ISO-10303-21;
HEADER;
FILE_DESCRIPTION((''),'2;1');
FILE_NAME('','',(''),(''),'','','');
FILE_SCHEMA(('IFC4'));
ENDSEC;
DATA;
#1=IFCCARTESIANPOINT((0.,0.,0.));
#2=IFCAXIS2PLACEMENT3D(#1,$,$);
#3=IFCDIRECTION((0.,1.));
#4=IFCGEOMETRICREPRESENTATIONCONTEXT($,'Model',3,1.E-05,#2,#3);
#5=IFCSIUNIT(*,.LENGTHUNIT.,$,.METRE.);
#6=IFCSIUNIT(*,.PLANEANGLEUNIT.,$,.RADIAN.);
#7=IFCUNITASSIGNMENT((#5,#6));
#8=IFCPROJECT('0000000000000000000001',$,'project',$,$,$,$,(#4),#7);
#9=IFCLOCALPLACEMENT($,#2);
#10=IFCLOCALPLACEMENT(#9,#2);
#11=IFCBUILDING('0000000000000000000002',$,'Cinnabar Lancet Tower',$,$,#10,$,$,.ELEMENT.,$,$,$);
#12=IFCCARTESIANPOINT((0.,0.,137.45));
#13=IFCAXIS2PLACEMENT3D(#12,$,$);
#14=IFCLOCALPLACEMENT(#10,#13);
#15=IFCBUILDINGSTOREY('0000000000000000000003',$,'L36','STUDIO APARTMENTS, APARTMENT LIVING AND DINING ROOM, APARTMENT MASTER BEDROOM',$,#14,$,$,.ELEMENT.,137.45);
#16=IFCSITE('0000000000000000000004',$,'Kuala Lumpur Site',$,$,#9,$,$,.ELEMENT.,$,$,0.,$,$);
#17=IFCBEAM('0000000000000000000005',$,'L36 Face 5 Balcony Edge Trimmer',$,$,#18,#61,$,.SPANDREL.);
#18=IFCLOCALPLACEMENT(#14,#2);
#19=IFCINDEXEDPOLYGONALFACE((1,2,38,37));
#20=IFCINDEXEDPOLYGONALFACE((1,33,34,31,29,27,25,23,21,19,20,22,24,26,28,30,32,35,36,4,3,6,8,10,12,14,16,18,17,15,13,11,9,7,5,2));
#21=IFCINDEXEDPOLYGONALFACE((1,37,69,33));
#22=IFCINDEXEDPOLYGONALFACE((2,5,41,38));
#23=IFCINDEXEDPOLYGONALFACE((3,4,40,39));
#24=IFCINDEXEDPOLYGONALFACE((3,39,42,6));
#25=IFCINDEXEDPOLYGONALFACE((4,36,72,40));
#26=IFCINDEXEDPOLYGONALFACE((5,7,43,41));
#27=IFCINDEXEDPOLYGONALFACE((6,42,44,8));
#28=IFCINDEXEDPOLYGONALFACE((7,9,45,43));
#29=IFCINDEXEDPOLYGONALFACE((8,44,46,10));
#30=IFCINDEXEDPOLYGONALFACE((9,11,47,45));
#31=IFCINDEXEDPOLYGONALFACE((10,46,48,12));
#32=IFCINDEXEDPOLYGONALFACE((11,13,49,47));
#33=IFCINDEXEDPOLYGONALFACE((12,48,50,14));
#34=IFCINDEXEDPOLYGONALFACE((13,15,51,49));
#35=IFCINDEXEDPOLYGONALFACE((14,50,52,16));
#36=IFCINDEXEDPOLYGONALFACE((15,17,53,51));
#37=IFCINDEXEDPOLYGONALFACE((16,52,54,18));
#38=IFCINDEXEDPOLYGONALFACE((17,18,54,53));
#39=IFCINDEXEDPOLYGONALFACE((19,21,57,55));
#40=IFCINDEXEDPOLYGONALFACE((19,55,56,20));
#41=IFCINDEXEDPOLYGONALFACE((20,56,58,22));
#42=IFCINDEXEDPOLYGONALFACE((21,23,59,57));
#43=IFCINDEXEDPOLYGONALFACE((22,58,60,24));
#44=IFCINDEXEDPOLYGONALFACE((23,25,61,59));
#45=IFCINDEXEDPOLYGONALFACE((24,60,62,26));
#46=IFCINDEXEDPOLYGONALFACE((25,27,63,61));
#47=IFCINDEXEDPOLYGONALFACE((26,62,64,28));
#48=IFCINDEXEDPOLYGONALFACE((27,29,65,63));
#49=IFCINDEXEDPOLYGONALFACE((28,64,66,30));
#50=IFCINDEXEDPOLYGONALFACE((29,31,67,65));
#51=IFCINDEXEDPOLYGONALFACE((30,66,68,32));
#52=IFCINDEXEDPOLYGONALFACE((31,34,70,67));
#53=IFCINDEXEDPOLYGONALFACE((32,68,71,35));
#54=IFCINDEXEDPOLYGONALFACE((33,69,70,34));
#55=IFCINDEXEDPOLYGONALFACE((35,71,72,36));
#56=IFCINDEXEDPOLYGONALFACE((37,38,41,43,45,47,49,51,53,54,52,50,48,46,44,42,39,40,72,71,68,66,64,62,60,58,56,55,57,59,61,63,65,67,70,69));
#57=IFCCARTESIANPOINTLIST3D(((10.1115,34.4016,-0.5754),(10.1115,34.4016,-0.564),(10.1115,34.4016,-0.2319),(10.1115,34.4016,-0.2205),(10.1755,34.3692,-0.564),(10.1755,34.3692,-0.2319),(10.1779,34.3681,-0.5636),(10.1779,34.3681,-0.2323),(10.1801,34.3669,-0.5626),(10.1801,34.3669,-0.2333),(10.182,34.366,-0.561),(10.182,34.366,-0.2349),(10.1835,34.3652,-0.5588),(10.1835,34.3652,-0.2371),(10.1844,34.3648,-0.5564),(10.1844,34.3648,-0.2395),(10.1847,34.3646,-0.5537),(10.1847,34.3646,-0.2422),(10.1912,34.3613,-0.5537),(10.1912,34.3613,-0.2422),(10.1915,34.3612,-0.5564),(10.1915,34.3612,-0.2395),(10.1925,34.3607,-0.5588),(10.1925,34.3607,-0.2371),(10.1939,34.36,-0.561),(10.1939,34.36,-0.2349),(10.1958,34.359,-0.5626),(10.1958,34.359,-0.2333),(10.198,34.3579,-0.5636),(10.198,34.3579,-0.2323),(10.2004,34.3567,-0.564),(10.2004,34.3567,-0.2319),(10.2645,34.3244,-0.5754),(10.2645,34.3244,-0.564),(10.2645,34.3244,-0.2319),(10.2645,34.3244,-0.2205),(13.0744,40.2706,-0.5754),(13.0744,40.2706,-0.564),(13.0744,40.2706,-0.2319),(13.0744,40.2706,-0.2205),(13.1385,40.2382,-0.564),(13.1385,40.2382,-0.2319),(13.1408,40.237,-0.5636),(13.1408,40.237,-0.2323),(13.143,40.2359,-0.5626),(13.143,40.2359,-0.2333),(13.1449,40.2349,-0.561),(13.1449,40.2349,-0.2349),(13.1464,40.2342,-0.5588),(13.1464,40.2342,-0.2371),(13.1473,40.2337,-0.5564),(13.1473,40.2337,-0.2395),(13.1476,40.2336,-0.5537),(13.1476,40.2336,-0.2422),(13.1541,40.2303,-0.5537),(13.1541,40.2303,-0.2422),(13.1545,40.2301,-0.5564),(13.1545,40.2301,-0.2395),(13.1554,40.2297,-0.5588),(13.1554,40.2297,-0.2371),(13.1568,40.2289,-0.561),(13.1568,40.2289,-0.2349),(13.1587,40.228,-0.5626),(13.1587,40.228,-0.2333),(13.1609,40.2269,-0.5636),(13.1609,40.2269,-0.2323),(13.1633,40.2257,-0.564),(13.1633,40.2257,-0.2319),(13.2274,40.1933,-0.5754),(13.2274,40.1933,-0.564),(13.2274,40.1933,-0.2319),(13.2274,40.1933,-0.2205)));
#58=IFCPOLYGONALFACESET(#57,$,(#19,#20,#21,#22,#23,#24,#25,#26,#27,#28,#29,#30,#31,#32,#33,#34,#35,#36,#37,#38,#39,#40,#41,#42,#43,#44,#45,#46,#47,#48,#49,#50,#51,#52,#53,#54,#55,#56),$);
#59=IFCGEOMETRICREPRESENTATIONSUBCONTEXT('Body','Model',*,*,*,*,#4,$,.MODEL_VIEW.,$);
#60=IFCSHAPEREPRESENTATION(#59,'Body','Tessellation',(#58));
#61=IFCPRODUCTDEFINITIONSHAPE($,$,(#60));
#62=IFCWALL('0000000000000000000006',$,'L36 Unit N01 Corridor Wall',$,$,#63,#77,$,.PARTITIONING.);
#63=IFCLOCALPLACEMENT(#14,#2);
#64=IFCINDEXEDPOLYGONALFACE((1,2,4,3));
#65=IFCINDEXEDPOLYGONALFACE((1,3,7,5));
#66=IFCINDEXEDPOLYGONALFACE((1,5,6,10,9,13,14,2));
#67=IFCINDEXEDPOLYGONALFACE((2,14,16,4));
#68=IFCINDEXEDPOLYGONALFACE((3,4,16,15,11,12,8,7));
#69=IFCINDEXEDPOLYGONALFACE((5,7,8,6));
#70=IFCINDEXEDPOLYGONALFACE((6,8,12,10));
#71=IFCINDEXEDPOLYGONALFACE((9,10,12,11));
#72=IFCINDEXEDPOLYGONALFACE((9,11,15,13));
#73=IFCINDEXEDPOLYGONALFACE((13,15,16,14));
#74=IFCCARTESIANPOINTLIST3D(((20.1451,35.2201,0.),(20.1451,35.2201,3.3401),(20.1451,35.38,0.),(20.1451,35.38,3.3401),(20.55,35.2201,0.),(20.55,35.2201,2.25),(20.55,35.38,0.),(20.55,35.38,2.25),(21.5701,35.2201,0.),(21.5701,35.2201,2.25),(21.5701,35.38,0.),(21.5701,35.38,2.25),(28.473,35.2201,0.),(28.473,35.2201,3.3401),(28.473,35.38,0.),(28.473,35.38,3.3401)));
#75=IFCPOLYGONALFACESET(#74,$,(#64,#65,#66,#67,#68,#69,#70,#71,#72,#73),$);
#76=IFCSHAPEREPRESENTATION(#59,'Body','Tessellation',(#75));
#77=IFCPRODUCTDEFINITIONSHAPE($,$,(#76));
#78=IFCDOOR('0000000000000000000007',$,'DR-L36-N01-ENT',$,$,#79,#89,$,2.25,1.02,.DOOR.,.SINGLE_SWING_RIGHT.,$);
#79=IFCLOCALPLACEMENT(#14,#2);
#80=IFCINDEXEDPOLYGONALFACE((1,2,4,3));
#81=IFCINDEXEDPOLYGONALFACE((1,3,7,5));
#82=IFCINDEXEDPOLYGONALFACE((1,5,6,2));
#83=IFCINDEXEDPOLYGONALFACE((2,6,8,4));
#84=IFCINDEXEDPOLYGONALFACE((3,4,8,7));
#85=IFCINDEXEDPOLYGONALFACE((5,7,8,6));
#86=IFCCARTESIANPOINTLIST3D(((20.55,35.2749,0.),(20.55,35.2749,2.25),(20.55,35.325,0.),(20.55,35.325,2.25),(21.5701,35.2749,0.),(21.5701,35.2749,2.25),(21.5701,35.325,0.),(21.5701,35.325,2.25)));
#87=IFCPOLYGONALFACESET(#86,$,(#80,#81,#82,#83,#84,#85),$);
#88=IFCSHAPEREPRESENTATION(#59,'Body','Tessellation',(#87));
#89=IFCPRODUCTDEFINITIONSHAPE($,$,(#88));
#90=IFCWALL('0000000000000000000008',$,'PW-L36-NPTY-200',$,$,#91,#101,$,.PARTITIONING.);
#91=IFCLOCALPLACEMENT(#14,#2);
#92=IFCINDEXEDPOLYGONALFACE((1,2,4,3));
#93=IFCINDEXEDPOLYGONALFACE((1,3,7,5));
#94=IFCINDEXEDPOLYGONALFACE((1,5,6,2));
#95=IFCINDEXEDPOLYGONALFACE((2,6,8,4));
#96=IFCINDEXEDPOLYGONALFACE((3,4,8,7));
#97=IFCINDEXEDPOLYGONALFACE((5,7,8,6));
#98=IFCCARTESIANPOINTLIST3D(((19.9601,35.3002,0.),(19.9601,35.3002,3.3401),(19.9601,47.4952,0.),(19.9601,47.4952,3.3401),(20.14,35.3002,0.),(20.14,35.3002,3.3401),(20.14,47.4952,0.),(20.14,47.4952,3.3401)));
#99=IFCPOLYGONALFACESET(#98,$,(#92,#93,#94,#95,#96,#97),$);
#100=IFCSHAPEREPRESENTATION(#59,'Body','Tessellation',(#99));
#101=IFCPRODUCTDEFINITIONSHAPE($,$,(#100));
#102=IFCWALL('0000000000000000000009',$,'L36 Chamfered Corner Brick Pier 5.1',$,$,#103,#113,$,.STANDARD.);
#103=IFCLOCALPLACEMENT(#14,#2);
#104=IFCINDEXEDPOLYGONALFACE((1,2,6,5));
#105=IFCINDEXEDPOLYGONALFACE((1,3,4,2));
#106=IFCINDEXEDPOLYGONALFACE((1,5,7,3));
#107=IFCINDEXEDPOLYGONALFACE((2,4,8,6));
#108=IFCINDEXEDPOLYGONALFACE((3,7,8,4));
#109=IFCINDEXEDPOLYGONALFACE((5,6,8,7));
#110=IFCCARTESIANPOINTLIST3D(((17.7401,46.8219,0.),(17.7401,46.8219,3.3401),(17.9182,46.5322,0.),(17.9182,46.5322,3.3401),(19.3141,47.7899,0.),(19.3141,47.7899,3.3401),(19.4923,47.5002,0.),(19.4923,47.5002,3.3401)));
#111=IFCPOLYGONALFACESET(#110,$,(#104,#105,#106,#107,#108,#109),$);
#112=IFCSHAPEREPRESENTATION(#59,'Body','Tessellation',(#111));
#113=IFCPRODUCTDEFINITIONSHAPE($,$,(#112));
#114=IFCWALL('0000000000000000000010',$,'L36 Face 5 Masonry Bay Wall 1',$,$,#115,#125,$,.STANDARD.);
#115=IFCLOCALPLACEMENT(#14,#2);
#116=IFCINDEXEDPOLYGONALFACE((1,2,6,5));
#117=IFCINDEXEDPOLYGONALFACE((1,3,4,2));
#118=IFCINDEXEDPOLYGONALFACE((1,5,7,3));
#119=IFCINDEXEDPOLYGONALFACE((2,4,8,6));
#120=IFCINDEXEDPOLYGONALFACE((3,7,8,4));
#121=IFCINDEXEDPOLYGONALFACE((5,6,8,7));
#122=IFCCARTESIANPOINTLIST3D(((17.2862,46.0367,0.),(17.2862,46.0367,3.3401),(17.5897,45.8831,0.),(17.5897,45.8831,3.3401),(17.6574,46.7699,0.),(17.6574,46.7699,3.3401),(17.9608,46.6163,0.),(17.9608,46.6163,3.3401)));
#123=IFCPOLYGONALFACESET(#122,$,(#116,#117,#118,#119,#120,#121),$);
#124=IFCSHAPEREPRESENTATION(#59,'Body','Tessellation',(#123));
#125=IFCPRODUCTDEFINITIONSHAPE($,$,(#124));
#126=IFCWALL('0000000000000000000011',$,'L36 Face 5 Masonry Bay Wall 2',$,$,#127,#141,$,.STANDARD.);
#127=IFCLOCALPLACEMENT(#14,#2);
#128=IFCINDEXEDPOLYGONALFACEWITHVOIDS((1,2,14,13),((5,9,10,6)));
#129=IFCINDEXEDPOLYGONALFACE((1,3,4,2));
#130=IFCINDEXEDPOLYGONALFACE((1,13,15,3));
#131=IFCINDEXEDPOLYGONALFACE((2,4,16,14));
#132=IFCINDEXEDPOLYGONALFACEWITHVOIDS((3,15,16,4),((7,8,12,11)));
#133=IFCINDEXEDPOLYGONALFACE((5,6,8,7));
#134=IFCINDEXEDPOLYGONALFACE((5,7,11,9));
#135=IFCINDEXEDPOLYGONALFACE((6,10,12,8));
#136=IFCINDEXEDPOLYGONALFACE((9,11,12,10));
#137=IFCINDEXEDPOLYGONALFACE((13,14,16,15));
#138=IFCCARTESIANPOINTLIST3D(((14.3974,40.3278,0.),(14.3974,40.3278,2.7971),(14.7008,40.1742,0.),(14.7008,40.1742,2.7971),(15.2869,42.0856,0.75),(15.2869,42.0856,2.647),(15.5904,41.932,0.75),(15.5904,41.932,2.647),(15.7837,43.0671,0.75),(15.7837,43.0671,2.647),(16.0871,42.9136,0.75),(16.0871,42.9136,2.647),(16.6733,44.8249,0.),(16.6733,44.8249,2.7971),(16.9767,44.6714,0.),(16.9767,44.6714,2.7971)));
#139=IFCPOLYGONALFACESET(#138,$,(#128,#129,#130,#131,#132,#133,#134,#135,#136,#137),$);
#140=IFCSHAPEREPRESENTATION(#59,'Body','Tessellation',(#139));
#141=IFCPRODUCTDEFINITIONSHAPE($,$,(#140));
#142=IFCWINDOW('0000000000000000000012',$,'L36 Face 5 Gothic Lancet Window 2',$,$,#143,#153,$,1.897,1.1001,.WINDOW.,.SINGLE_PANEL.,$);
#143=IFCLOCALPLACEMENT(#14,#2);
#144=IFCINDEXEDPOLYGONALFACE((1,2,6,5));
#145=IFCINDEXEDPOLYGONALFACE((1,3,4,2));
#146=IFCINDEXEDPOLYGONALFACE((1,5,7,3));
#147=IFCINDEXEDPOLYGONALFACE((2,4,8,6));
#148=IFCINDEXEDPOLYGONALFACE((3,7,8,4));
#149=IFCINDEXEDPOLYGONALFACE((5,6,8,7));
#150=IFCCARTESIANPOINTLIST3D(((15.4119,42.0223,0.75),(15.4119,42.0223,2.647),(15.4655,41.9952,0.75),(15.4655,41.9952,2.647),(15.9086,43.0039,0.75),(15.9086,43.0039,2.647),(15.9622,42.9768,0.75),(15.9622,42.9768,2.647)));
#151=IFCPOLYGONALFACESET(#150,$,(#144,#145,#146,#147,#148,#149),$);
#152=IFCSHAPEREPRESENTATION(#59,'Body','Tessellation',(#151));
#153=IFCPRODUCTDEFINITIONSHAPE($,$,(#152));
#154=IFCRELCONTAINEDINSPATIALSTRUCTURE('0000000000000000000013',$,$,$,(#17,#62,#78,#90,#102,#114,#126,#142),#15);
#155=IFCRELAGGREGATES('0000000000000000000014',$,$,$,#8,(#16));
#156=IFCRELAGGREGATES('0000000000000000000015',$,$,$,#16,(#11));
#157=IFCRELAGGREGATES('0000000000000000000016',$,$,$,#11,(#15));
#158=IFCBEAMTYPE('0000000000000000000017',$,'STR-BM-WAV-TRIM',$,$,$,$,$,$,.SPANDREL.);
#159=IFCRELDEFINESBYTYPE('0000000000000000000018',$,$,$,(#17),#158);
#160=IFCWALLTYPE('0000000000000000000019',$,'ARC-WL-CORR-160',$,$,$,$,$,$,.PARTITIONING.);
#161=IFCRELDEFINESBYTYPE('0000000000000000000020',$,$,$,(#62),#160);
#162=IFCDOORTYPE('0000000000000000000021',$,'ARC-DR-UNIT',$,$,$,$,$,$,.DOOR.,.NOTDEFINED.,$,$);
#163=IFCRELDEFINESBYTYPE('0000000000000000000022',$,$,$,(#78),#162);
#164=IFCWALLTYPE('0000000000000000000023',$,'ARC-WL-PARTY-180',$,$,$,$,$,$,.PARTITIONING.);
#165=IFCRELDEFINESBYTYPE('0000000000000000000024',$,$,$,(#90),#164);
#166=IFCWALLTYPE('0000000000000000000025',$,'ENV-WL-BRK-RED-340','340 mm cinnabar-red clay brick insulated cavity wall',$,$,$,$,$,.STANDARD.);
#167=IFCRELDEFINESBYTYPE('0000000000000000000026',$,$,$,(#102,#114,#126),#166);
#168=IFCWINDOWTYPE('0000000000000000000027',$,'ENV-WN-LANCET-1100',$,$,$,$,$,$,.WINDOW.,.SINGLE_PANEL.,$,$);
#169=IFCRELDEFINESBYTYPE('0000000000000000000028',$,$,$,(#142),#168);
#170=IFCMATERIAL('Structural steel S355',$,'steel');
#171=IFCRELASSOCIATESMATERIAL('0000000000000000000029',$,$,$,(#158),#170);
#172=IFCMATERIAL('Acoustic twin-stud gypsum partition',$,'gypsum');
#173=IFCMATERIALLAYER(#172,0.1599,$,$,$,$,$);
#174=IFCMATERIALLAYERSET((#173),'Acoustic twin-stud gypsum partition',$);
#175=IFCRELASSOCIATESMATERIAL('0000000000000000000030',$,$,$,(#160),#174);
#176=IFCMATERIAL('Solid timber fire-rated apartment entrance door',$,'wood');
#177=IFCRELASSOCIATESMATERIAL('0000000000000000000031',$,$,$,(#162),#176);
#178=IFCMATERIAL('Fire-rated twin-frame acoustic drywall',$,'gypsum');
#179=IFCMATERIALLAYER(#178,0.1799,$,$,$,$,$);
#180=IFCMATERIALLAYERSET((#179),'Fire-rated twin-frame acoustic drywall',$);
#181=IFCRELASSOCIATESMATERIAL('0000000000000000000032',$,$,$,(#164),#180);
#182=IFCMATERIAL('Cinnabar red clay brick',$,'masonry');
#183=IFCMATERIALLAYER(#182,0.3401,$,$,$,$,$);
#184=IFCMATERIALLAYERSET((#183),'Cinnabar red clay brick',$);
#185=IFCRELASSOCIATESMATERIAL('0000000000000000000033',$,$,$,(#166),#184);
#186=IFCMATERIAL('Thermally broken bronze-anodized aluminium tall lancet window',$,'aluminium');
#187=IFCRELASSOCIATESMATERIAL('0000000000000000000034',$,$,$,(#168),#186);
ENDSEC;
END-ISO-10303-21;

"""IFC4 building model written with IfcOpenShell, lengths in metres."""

from ifc_helpers import new_model, si_unit, direction, frame, frame_2d, origin, origin_2d, place, context, subcontext, project, spatial, rectangle, i_section, extrude, material, layer, layer_set, material_profile, profile_set, type_object, element, fill, save


model = new_model("IFC4")

# Units and contexts
model_context = context("Model", 3, precision=1e-05, world=origin(), true_north=direction((0.0, 1.0)))
body_context = subcontext(model_context, "Body", "Model", "MODEL_VIEW")
ifc_project = project(units=[si_unit("LENGTHUNIT", "METRE"), si_unit("PLANEANGLEUNIT", "RADIAN")], contexts=[model_context])

# Site, building, storey
site_placement = place(None, origin())
site = spatial("IfcSite", under=ifc_project, at=site_placement, Name="Kuala Lumpur Site", CompositionType="ELEMENT", RefElevation=0.0)
building_placement = place(site_placement, origin())
building = spatial("IfcBuilding", under=site, at=building_placement, Name="Cinnabar Lancet Tower", CompositionType="ELEMENT")
storey_placement = place(building_placement, frame((0.0, 0.0, 137.45)))
storey = spatial("IfcBuildingStorey", under=building, at=storey_placement, Name="L36", Description="STUDIO APARTMENTS, APARTMENT LIVING AND DINING ROOM, APARTMENT MASTER BEDROOM", CompositionType="ELEMENT", Elevation=137.45)

# Beam
ifc_material_1 = material(Name="Structural steel S355", Category="steel")
ifc_material_profile_1 = material_profile(ifc_material_1, i_section(OverallWidth=0.1714, OverallDepth=0.355, WebThickness=0.0073, FlangeThickness=0.0115, FilletRadius=0.0103, at=origin_2d()), Name="UKB 356x171x51")
ifc_profile_set_1 = profile_set([ifc_material_profile_1], Name="Structural steel S355")
beam_type_1 = type_object("IfcBeamType", Name="STR-BM-WAV-TRIM", PredefinedType="SPANDREL", material=ifc_profile_set_1)
beam_1_placement = place(storey_placement, frame((13.1509, 40.2319, -0.3979), z_axis=(-0.450671, -0.89269, 0.0), x_axis=(0.89269, -0.450671, 0.0)))
element("IfcBeam", 1, at=beam_1_placement, inside=storey, type_object=beam_type_1, Name="L36 Face 5 Balcony Edge Trimmer", PredefinedType="SPANDREL", context=body_context, shape_type="SweptSolid", body=[
    extrude(i_section(OverallWidth=0.1714, OverallDepth=0.355, WebThickness=0.0073, FlangeThickness=0.0115, FilletRadius=0.0103, at=origin_2d()), origin(), (0.0, 0.0, 1.0), 6.5745),
])

# Wall, opening, door
ifc_material_2 = material(Name="Acoustic twin-stud gypsum partition", Category="gypsum")
ifc_layer_1 = layer(ifc_material_2, 0.1599)
ifc_layer_set_1 = layer_set([ifc_layer_1], Name="Acoustic twin-stud gypsum partition")
wall_type_1 = type_object("IfcWallType", Name="ARC-WL-CORR-160", PredefinedType="PARTITIONING", material=ifc_layer_set_1)
wall_1_placement = place(storey_placement, frame((20.145, 35.3, 0.0), z_axis=(0.0, 0.0, 1.0), x_axis=(1.0, 0.0, 0.0)))
wall_1 = element("IfcWall", 2, at=wall_1_placement, inside=storey, type_object=wall_type_1, Name="L36 Unit N01 Corridor Wall", PredefinedType="PARTITIONING", context=body_context, shape_type="SweptSolid", body=[
    extrude(rectangle(XDim=8.3279, YDim=0.1599, at=frame_2d((4.1641, 0.0))), origin(), (0.0, 0.0, 1.0), 3.3401),
])
opening_1_placement = place(wall_1_placement, frame((0.405, 0.0, 0.0)))
opening_1 = element("IfcOpeningElement", 3, at=opening_1_placement, cuts=wall_1, PredefinedType="OPENING", context=body_context, shape_type="SweptSolid", body=[
    extrude(rectangle(XDim=1.02, YDim=2.25, at=frame_2d((0.51, 1.125))), frame((0.0, 0.0898, 0.0), z_axis=(0.0, -1.0, 0.0), x_axis=(1.0, 0.0, 0.0)), (0.0, 0.0, 1.0), 0.1799),
])
ifc_material_3 = material(Name="Solid timber fire-rated apartment entrance door", Category="wood")
door_type_1 = type_object("IfcDoorType", Name="ARC-DR-UNIT", OperationType="NOTDEFINED", PredefinedType="DOOR", material=ifc_material_3)
door_1_placement = place(opening_1_placement, origin())
door_1 = element("IfcDoor", 4, at=door_1_placement, inside=storey, type_object=door_type_1, Name="DR-L36-N01-ENT", OperationType="SINGLE_SWING_RIGHT", OverallHeight=2.25, OverallWidth=1.02, PredefinedType="DOOR", context=body_context, shape_type="SweptSolid", body=[
    extrude(rectangle(XDim=1.02, YDim=2.25, at=frame_2d((0.51, 1.125))), frame((0.0, 0.0249, 0.0), z_axis=(0.0, -1.0, 0.0), x_axis=(1.0, 0.0, 0.0)), (0.0, 0.0, 1.0), 0.05),
])
fill(opening_1, door_1)

# Walls
ifc_material_4 = material(Name="Fire-rated twin-frame acoustic drywall", Category="gypsum")
ifc_layer_2 = layer(ifc_material_4, 0.1799)
ifc_layer_set_2 = layer_set([ifc_layer_2], Name="Fire-rated twin-frame acoustic drywall")
wall_type_2 = type_object("IfcWallType", Name="ARC-WL-PARTY-180", PredefinedType="PARTITIONING", material=ifc_layer_set_2)
wall_2_placement = place(storey_placement, frame((20.05, 35.3, 0.0), z_axis=(0.0, 0.0, 1.0), x_axis=(0.0, 1.0, 0.0)))
element("IfcWall", 5, at=wall_2_placement, inside=storey, type_object=wall_type_2, Name="PW-L36-NPTY-200", PredefinedType="PARTITIONING", context=body_context, shape_type="SweptSolid", body=[
    extrude(rectangle(XDim=12.1951, YDim=0.1799, at=frame_2d((6.0977, 0.0))), origin(), (0.0, 0.0, 1.0), 3.3401),
])
ifc_material_5 = material(Name="Cinnabar red clay brick", Category="masonry")
ifc_layer_3 = layer(ifc_material_5, 0.3401)
ifc_layer_set_3 = layer_set([ifc_layer_3], Name="Cinnabar red clay brick")
wall_type_3 = type_object("IfcWallType", Name="ENV-WL-BRK-RED-340", Description="340 mm cinnabar-red clay brick insulated cavity wall", PredefinedType="STANDARD", material=ifc_layer_set_3)
wall_3_placement = place(storey_placement, frame((19.4031, 47.645, 0.0), z_axis=(0.0, 0.0, 1.0), x_axis=(-0.851799, -0.523869, 0.0)))
element("IfcWall", 6, at=wall_3_placement, inside=storey, type_object=wall_type_3, Name="L36 Chamfered Corner Brick Pier 5.1", PredefinedType="STANDARD", context=body_context, shape_type="SweptSolid", body=[
    extrude(rectangle(XDim=1.8479, YDim=0.3401, at=frame_2d((0.9238, 0.0))), origin(), (0.0, 0.0, 1.0), 3.3401),
])
wall_4_placement = place(storey_placement, frame((17.8091, 46.6931, 0.0), z_axis=(0.0, 0.0, 1.0), x_axis=(-0.451605, -0.892218, 0.0)))
element("IfcWall", 7, at=wall_4_placement, inside=storey, type_object=wall_type_3, Name="L36 Face 5 Masonry Bay Wall 1", PredefinedType="STANDARD", context=body_context, shape_type="SweptSolid", body=[
    extrude(rectangle(XDim=0.8218, YDim=0.3401, at=frame_2d((0.4109, 0.0))), origin(), (0.0, 0.0, 1.0), 3.3401),
])

# Wall, opening, window
wall_5_placement = place(storey_placement, frame((16.825, 44.748, 0.0), z_axis=(0.0, 0.0, 1.0), x_axis=(-0.451548, -0.892247, 0.0)))
wall_5 = element("IfcWall", 8, at=wall_5_placement, inside=storey, type_object=wall_type_3, Name="L36 Face 5 Masonry Bay Wall 2", PredefinedType="STANDARD", context=body_context, shape_type="SweptSolid", body=[
    extrude(rectangle(XDim=5.0403, YDim=0.3401, at=frame_2d((2.52, 0.0))), origin(), (0.0, 0.0, 1.0), 2.7971),
])
opening_2_placement = place(wall_5_placement, frame((1.97, 0.0, 0.75)))
opening_2 = element("IfcOpeningElement", 9, at=opening_2_placement, cuts=wall_5, PredefinedType="OPENING", context=body_context, shape_type="SweptSolid", body=[
    extrude(rectangle(XDim=1.1001, YDim=1.897, at=frame_2d((0.55, 0.9485))), frame((0.0, 0.1799, 0.0), z_axis=(0.0, -1.0, 0.0), x_axis=(1.0, 0.0, 0.0)), (0.0, 0.0, 1.0), 0.3601),
])
ifc_material_6 = material(Name="Thermally broken bronze-anodized aluminium tall lancet window", Category="aluminium")
window_type = type_object("IfcWindowType", Name="ENV-WN-LANCET-1100", PartitioningType="SINGLE_PANEL", PredefinedType="WINDOW", material=ifc_material_6)
window_placement = place(opening_2_placement, origin())
window = element("IfcWindow", 10, at=window_placement, inside=storey, type_object=window_type, Name="L36 Face 5 Gothic Lancet Window 2", OverallHeight=1.897, OverallWidth=1.1001, PartitioningType="SINGLE_PANEL", PredefinedType="WINDOW", context=body_context, shape_type="SweptSolid", body=[
    extrude(rectangle(XDim=1.1001, YDim=1.897, at=frame_2d((0.55, 0.9485))), frame((0.0, 0.03, 0.0), z_axis=(0.0, -1.0, 0.0), x_axis=(1.0, 0.0, 0.0)), (0.0, 0.0, 1.0), 0.0601),
])
fill(opening_2, window)

save(model, "model.ifc")
